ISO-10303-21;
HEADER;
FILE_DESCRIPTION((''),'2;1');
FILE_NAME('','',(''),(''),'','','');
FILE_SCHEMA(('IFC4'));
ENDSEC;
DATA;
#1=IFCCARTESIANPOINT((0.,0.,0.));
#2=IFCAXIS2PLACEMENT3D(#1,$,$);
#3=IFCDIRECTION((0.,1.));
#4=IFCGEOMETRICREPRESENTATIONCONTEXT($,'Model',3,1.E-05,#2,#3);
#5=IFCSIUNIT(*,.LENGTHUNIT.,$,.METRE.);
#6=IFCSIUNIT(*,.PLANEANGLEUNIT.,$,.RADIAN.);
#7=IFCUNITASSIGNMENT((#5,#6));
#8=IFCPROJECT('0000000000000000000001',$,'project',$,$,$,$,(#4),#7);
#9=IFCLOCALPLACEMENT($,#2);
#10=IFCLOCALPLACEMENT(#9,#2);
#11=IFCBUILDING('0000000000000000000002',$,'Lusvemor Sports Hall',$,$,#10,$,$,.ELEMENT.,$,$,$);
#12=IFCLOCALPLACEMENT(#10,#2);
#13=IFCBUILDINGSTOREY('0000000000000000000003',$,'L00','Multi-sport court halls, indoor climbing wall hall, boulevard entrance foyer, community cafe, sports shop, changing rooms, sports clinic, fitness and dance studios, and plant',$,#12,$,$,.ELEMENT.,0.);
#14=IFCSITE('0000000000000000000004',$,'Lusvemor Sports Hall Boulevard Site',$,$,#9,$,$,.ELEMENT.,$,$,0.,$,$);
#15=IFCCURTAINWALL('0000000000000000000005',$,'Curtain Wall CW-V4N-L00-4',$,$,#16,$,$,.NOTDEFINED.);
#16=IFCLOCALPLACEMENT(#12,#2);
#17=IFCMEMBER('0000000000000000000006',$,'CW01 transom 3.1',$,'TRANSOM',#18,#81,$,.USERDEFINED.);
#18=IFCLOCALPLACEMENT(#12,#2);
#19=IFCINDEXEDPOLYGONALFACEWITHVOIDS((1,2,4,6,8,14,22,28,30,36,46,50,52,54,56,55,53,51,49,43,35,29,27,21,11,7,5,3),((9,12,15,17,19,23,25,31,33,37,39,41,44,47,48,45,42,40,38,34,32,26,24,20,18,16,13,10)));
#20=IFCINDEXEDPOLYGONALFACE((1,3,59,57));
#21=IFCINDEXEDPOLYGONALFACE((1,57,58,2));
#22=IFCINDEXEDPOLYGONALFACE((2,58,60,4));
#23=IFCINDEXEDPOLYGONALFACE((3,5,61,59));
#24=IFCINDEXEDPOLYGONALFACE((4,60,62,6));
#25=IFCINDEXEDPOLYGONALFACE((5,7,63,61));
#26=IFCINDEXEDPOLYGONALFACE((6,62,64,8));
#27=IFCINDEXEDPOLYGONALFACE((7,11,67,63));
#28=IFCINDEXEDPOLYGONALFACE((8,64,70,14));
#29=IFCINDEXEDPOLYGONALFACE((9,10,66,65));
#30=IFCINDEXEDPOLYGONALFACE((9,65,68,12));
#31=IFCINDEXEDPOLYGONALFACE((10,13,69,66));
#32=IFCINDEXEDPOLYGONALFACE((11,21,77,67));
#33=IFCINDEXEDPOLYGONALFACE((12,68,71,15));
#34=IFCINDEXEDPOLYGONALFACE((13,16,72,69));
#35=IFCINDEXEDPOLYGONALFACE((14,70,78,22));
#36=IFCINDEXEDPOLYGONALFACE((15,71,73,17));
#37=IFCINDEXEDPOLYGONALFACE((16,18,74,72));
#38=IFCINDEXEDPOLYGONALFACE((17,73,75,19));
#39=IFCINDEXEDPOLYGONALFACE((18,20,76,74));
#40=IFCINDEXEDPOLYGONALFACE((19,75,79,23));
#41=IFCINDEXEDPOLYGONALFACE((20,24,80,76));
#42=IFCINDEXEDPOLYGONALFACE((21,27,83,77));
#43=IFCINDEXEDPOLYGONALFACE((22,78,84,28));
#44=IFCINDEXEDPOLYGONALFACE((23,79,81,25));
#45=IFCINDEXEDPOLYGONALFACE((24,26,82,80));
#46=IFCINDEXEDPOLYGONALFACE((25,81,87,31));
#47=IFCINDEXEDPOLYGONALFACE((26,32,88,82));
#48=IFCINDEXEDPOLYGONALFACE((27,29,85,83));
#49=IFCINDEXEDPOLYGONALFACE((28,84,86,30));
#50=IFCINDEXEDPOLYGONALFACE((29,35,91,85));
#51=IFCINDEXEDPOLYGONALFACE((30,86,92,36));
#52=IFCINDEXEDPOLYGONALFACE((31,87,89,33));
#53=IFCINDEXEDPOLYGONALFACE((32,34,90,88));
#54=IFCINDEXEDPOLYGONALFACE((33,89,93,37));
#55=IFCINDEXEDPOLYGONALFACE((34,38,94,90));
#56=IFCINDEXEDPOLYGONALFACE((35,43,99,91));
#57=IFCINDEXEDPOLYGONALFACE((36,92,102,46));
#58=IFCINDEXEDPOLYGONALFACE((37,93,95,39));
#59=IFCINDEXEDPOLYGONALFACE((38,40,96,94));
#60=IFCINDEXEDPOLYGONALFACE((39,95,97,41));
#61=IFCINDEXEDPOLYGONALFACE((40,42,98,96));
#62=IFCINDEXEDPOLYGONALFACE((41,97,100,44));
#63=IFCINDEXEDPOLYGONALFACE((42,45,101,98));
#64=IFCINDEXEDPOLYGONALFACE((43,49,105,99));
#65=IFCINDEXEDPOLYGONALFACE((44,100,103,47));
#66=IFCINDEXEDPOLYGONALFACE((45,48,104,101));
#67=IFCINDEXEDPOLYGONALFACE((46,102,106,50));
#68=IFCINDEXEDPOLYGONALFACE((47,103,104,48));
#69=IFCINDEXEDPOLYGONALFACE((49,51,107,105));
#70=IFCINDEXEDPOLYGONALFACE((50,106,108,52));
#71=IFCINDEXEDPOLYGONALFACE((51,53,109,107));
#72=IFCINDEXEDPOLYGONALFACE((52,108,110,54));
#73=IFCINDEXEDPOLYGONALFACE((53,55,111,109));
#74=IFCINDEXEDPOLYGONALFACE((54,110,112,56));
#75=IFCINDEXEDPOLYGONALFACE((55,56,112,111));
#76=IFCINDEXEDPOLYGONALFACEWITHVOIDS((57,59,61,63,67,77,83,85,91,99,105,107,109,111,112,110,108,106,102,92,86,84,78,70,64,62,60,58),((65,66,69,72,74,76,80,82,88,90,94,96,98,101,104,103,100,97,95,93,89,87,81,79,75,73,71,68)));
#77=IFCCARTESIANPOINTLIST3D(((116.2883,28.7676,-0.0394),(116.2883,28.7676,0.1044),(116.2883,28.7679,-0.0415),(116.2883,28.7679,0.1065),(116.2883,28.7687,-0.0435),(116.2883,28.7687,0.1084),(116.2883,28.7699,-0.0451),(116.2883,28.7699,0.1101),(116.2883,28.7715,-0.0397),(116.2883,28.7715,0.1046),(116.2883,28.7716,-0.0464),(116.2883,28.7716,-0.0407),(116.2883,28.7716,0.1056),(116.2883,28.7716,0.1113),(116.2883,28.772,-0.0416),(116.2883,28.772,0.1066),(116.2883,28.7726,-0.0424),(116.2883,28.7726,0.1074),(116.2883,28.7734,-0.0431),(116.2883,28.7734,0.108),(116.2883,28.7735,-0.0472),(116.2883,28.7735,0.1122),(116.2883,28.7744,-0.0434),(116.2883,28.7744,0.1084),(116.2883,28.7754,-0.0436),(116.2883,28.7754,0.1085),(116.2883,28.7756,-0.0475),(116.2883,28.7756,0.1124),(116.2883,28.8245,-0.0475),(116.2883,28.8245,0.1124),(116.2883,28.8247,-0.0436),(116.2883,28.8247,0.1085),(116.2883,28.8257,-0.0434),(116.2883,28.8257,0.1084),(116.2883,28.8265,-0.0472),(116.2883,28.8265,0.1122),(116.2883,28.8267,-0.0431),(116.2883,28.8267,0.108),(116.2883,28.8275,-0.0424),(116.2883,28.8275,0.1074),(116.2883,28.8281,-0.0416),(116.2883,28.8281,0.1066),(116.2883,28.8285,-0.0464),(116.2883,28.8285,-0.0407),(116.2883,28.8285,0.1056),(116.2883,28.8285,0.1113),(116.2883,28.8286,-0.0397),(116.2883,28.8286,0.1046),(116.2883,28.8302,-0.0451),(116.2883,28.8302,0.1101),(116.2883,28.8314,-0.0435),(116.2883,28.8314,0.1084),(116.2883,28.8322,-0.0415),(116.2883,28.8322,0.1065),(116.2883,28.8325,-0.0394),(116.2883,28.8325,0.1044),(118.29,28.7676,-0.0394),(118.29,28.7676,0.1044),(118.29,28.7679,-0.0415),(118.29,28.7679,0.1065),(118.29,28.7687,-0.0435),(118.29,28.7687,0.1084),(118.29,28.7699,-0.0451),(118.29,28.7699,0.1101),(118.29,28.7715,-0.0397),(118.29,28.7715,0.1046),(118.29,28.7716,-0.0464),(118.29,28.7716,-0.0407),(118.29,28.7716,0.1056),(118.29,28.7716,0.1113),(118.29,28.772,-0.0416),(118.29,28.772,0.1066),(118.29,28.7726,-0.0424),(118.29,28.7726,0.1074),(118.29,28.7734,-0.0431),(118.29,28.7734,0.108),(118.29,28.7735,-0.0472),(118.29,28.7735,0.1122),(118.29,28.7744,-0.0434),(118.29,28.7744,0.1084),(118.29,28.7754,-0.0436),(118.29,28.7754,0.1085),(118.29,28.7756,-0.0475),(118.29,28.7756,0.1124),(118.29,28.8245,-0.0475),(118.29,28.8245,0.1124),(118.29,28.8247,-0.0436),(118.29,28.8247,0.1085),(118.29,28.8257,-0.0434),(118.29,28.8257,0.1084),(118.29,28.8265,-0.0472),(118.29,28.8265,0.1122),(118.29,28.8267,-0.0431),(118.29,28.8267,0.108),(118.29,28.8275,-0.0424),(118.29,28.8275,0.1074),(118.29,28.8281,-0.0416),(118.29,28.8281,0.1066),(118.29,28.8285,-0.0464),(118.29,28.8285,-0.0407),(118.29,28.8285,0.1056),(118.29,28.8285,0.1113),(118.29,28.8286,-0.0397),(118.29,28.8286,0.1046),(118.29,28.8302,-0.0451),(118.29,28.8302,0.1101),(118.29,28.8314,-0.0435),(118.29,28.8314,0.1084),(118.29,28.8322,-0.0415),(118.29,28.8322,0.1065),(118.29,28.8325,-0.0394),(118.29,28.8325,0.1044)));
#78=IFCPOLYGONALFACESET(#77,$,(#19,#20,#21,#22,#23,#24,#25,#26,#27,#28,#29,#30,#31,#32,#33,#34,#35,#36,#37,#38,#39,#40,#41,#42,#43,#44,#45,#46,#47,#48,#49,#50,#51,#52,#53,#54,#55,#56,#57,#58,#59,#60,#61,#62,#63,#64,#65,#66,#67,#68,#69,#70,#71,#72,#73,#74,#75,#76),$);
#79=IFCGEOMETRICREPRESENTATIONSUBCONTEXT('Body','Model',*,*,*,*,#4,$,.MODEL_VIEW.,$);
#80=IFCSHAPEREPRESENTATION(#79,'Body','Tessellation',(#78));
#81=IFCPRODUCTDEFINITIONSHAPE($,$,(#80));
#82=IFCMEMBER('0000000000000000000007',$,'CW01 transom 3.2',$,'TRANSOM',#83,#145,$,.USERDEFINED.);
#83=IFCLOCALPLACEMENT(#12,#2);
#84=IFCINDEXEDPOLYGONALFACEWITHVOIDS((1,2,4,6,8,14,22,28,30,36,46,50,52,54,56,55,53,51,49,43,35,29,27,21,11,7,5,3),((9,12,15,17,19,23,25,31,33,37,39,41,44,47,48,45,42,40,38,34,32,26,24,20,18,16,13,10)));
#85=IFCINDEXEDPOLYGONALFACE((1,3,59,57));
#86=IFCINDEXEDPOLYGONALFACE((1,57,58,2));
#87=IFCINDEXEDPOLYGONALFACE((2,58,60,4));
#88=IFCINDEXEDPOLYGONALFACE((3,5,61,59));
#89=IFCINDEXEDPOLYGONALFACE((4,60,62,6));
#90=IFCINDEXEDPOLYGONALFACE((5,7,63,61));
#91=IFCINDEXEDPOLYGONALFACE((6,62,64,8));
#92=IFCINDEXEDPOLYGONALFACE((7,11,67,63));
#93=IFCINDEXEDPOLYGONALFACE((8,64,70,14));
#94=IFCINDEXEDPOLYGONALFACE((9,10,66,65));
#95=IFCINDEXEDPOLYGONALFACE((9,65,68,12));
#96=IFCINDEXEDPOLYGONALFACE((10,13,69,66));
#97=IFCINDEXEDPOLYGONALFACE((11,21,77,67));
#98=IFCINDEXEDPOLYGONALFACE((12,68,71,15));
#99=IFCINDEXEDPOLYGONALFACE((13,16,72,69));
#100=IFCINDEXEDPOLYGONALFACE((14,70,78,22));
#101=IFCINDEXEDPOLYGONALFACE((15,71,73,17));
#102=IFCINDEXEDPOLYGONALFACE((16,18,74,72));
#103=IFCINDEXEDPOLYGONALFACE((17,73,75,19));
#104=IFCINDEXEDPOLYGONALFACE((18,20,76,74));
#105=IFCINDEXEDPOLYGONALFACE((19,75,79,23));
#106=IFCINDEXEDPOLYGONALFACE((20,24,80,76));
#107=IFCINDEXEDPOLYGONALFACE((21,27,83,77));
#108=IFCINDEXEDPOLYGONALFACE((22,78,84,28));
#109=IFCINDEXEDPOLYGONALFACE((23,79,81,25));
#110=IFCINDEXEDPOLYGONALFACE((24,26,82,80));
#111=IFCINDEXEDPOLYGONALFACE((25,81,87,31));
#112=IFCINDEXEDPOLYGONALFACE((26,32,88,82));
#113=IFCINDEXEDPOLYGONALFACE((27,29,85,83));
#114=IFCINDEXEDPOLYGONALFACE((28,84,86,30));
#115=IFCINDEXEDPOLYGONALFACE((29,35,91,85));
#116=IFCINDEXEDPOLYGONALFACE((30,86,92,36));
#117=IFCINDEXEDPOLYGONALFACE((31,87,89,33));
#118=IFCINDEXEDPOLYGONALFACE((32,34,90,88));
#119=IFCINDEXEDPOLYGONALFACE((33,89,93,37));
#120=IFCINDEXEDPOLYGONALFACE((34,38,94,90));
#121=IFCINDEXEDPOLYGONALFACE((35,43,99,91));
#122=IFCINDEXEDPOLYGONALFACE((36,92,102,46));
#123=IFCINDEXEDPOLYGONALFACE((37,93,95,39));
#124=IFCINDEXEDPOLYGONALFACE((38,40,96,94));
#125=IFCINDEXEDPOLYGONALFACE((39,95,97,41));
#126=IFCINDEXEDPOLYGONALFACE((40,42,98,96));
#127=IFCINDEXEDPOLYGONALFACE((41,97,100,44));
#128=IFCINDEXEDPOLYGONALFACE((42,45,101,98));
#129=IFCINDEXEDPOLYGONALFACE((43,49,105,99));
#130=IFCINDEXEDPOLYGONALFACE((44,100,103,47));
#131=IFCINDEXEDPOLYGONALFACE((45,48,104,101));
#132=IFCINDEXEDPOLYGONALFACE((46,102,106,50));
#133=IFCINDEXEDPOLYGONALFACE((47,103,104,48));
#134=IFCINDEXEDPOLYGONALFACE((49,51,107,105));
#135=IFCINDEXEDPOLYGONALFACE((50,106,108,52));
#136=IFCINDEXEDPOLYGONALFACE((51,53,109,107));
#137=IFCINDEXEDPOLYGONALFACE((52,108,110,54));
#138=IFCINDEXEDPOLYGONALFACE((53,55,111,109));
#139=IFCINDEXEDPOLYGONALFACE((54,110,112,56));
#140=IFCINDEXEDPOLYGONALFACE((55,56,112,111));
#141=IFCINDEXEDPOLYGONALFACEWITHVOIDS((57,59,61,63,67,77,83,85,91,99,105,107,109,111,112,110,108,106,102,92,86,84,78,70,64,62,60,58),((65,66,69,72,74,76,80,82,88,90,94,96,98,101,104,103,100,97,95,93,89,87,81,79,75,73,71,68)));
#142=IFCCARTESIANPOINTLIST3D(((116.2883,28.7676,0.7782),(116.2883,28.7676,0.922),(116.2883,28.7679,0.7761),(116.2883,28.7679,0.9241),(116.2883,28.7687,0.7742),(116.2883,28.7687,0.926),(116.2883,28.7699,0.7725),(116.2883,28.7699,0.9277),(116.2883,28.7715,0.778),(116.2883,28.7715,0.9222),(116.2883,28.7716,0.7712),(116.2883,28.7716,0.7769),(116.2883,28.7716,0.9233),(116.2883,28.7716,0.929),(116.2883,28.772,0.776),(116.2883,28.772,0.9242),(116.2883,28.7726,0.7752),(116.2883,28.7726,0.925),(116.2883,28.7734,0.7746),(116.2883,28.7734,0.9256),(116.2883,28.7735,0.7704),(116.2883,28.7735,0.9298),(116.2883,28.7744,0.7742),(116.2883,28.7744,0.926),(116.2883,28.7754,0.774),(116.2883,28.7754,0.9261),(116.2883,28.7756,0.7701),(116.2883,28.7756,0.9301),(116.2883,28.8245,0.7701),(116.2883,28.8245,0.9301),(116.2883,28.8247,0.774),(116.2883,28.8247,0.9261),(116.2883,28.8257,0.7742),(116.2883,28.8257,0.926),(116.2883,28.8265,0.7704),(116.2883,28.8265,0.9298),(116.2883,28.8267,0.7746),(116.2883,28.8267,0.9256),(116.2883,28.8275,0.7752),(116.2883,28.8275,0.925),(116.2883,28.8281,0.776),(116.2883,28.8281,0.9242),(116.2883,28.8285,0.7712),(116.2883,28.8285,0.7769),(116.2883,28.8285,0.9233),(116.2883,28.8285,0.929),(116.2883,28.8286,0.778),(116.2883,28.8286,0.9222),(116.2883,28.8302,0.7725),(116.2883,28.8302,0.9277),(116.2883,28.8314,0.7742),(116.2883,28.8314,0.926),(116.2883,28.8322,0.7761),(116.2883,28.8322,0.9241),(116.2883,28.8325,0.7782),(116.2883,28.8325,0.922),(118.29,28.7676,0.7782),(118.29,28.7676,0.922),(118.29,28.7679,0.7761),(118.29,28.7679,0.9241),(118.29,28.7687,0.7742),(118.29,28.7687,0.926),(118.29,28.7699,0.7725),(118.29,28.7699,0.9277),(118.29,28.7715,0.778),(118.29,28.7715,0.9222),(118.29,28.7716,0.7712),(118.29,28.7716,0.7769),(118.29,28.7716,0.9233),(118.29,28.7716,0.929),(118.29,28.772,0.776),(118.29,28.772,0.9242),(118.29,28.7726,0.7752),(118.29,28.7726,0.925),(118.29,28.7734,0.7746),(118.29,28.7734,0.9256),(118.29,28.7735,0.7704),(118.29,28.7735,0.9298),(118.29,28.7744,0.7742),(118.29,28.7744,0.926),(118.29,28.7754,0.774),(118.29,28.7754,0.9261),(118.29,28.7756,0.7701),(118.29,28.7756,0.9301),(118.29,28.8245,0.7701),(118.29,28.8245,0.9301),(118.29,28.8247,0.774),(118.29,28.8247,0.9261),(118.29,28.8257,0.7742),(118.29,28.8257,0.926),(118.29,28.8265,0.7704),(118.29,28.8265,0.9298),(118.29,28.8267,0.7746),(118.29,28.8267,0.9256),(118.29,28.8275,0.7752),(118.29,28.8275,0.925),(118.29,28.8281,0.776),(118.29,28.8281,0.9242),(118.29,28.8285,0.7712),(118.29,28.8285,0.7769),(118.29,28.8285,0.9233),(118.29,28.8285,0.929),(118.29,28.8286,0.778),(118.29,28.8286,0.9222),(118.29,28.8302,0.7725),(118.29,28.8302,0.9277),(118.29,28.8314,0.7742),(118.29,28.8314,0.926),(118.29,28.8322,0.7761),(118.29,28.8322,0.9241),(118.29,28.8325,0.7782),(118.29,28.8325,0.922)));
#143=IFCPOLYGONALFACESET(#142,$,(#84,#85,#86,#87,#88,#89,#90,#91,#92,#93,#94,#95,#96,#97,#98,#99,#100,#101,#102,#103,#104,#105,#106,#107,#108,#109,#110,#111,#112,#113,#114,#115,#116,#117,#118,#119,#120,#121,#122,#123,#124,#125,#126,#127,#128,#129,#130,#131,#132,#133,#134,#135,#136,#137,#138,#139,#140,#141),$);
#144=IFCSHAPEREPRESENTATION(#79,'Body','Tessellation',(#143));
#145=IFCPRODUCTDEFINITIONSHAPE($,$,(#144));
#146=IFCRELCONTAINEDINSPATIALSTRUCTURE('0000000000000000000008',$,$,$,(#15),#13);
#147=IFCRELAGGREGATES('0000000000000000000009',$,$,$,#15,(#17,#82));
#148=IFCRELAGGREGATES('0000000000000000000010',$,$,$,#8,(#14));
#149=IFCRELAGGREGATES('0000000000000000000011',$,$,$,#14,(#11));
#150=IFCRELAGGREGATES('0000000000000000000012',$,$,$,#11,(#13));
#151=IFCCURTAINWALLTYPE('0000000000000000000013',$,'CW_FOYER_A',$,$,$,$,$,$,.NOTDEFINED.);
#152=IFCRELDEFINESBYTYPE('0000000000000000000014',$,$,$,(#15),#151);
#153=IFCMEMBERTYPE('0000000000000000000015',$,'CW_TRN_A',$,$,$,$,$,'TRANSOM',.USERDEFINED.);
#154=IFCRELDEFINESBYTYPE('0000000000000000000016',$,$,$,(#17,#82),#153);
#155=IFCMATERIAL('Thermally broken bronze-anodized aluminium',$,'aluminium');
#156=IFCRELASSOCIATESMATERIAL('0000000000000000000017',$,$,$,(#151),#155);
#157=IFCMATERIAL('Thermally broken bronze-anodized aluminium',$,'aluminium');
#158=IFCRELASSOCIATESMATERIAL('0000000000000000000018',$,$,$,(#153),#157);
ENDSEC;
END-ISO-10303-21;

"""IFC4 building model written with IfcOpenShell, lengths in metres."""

from ifc_helpers import new_model, si_unit, direction, frame, origin, origin_2d, place, context, subcontext, project, spatial, hollow_rectangle, extrude, material, material_profile, profile_set, type_object, element, aggregate, save


model = new_model("IFC4")

# Units and contexts
model_context = context("Model", 3, precision=1e-05, world=origin(), true_north=direction((0.0, 1.0)))
body_context = subcontext(model_context, "Body", "Model", "MODEL_VIEW")
ifc_project = project(units=[si_unit("LENGTHUNIT", "METRE"), si_unit("PLANEANGLEUNIT", "RADIAN")], contexts=[model_context])

# Site, building, storey
site_placement = place(None, origin())
site = spatial("IfcSite", under=ifc_project, at=site_placement, Name="Lusvemor Sports Hall Boulevard Site", CompositionType="ELEMENT", RefElevation=0.0)
building_placement = place(site_placement, origin())
building = spatial("IfcBuilding", under=site, at=building_placement, Name="Lusvemor Sports Hall", CompositionType="ELEMENT")
storey_placement = place(building_placement, origin())
storey = spatial("IfcBuildingStorey", under=building, at=storey_placement, Name="L00", Description="Multi-sport court halls, indoor climbing wall hall, boulevard entrance foyer, community cafe, sports shop, changing rooms, sports clinic, fitness and dance studios, and plant", CompositionType="ELEMENT", Elevation=0.0)

# Curtain wall, members
ifc_material_1 = material(Name="Thermally broken bronze-anodized aluminium", Category="aluminium")
curtain_wall_type = type_object("IfcCurtainWallType", Name="CW_FOYER_A", PredefinedType="NOTDEFINED", material=ifc_material_1)
curtain_wall_placement = place(storey_placement, origin())
curtain_wall = element("IfcCurtainWall", 1, at=curtain_wall_placement, inside=storey, type_object=curtain_wall_type, Name="Curtain Wall CW-V4N-L00-4", PredefinedType="NOTDEFINED")
ifc_material_2 = material(Name="Thermally broken bronze-anodized aluminium", Category="aluminium")
ifc_material_profile_1 = material_profile(ifc_material_2, hollow_rectangle(XDim=0.0649, YDim=0.1599, WallThickness=0.0039, InnerFilletRadius=0.0039, OuterFilletRadius=0.0081, at=origin_2d()), Name="CWTRN160x65x4")
ifc_profile_set_1 = profile_set([ifc_material_profile_1], Name="Thermally broken bronze-anodized aluminium")
member_type_1 = type_object("IfcMemberType", Name="CW_TRN_A", ElementType="TRANSOM", PredefinedType="USERDEFINED", material=ifc_profile_set_1)
member_1_placement = place(storey_placement, frame((116.2883, 28.8, 0.0325), z_axis=(1.0, 0.0, 0.0), x_axis=(0.0, 1.0, 0.0)))
member_1 = element("IfcMember", 2, at=member_1_placement, type_object=member_type_1, Name="CW01 transom 3.1", ObjectType="TRANSOM", PredefinedType="USERDEFINED", context=body_context, shape_type="SweptSolid", body=[
    extrude(hollow_rectangle(XDim=0.0649, YDim=0.1599, WallThickness=0.0039, InnerFilletRadius=0.0039, OuterFilletRadius=0.0081, at=origin_2d()), origin(), (0.0, 0.0, 1.0), 2.0017),
])
member_2_placement = place(storey_placement, frame((116.2883, 28.8, 0.8501), z_axis=(1.0, 0.0, 0.0), x_axis=(0.0, 1.0, 0.0)))
member_2 = element("IfcMember", 3, at=member_2_placement, type_object=member_type_1, Name="CW01 transom 3.2", ObjectType="TRANSOM", PredefinedType="USERDEFINED", context=body_context, shape_type="SweptSolid", body=[
    extrude(hollow_rectangle(XDim=0.0649, YDim=0.1599, WallThickness=0.0039, InnerFilletRadius=0.0039, OuterFilletRadius=0.0081, at=origin_2d()), origin(), (0.0, 0.0, 1.0), 2.0017),
])
aggregate(curtain_wall, [member_1, member_2])

save(model, "model.ifc")
